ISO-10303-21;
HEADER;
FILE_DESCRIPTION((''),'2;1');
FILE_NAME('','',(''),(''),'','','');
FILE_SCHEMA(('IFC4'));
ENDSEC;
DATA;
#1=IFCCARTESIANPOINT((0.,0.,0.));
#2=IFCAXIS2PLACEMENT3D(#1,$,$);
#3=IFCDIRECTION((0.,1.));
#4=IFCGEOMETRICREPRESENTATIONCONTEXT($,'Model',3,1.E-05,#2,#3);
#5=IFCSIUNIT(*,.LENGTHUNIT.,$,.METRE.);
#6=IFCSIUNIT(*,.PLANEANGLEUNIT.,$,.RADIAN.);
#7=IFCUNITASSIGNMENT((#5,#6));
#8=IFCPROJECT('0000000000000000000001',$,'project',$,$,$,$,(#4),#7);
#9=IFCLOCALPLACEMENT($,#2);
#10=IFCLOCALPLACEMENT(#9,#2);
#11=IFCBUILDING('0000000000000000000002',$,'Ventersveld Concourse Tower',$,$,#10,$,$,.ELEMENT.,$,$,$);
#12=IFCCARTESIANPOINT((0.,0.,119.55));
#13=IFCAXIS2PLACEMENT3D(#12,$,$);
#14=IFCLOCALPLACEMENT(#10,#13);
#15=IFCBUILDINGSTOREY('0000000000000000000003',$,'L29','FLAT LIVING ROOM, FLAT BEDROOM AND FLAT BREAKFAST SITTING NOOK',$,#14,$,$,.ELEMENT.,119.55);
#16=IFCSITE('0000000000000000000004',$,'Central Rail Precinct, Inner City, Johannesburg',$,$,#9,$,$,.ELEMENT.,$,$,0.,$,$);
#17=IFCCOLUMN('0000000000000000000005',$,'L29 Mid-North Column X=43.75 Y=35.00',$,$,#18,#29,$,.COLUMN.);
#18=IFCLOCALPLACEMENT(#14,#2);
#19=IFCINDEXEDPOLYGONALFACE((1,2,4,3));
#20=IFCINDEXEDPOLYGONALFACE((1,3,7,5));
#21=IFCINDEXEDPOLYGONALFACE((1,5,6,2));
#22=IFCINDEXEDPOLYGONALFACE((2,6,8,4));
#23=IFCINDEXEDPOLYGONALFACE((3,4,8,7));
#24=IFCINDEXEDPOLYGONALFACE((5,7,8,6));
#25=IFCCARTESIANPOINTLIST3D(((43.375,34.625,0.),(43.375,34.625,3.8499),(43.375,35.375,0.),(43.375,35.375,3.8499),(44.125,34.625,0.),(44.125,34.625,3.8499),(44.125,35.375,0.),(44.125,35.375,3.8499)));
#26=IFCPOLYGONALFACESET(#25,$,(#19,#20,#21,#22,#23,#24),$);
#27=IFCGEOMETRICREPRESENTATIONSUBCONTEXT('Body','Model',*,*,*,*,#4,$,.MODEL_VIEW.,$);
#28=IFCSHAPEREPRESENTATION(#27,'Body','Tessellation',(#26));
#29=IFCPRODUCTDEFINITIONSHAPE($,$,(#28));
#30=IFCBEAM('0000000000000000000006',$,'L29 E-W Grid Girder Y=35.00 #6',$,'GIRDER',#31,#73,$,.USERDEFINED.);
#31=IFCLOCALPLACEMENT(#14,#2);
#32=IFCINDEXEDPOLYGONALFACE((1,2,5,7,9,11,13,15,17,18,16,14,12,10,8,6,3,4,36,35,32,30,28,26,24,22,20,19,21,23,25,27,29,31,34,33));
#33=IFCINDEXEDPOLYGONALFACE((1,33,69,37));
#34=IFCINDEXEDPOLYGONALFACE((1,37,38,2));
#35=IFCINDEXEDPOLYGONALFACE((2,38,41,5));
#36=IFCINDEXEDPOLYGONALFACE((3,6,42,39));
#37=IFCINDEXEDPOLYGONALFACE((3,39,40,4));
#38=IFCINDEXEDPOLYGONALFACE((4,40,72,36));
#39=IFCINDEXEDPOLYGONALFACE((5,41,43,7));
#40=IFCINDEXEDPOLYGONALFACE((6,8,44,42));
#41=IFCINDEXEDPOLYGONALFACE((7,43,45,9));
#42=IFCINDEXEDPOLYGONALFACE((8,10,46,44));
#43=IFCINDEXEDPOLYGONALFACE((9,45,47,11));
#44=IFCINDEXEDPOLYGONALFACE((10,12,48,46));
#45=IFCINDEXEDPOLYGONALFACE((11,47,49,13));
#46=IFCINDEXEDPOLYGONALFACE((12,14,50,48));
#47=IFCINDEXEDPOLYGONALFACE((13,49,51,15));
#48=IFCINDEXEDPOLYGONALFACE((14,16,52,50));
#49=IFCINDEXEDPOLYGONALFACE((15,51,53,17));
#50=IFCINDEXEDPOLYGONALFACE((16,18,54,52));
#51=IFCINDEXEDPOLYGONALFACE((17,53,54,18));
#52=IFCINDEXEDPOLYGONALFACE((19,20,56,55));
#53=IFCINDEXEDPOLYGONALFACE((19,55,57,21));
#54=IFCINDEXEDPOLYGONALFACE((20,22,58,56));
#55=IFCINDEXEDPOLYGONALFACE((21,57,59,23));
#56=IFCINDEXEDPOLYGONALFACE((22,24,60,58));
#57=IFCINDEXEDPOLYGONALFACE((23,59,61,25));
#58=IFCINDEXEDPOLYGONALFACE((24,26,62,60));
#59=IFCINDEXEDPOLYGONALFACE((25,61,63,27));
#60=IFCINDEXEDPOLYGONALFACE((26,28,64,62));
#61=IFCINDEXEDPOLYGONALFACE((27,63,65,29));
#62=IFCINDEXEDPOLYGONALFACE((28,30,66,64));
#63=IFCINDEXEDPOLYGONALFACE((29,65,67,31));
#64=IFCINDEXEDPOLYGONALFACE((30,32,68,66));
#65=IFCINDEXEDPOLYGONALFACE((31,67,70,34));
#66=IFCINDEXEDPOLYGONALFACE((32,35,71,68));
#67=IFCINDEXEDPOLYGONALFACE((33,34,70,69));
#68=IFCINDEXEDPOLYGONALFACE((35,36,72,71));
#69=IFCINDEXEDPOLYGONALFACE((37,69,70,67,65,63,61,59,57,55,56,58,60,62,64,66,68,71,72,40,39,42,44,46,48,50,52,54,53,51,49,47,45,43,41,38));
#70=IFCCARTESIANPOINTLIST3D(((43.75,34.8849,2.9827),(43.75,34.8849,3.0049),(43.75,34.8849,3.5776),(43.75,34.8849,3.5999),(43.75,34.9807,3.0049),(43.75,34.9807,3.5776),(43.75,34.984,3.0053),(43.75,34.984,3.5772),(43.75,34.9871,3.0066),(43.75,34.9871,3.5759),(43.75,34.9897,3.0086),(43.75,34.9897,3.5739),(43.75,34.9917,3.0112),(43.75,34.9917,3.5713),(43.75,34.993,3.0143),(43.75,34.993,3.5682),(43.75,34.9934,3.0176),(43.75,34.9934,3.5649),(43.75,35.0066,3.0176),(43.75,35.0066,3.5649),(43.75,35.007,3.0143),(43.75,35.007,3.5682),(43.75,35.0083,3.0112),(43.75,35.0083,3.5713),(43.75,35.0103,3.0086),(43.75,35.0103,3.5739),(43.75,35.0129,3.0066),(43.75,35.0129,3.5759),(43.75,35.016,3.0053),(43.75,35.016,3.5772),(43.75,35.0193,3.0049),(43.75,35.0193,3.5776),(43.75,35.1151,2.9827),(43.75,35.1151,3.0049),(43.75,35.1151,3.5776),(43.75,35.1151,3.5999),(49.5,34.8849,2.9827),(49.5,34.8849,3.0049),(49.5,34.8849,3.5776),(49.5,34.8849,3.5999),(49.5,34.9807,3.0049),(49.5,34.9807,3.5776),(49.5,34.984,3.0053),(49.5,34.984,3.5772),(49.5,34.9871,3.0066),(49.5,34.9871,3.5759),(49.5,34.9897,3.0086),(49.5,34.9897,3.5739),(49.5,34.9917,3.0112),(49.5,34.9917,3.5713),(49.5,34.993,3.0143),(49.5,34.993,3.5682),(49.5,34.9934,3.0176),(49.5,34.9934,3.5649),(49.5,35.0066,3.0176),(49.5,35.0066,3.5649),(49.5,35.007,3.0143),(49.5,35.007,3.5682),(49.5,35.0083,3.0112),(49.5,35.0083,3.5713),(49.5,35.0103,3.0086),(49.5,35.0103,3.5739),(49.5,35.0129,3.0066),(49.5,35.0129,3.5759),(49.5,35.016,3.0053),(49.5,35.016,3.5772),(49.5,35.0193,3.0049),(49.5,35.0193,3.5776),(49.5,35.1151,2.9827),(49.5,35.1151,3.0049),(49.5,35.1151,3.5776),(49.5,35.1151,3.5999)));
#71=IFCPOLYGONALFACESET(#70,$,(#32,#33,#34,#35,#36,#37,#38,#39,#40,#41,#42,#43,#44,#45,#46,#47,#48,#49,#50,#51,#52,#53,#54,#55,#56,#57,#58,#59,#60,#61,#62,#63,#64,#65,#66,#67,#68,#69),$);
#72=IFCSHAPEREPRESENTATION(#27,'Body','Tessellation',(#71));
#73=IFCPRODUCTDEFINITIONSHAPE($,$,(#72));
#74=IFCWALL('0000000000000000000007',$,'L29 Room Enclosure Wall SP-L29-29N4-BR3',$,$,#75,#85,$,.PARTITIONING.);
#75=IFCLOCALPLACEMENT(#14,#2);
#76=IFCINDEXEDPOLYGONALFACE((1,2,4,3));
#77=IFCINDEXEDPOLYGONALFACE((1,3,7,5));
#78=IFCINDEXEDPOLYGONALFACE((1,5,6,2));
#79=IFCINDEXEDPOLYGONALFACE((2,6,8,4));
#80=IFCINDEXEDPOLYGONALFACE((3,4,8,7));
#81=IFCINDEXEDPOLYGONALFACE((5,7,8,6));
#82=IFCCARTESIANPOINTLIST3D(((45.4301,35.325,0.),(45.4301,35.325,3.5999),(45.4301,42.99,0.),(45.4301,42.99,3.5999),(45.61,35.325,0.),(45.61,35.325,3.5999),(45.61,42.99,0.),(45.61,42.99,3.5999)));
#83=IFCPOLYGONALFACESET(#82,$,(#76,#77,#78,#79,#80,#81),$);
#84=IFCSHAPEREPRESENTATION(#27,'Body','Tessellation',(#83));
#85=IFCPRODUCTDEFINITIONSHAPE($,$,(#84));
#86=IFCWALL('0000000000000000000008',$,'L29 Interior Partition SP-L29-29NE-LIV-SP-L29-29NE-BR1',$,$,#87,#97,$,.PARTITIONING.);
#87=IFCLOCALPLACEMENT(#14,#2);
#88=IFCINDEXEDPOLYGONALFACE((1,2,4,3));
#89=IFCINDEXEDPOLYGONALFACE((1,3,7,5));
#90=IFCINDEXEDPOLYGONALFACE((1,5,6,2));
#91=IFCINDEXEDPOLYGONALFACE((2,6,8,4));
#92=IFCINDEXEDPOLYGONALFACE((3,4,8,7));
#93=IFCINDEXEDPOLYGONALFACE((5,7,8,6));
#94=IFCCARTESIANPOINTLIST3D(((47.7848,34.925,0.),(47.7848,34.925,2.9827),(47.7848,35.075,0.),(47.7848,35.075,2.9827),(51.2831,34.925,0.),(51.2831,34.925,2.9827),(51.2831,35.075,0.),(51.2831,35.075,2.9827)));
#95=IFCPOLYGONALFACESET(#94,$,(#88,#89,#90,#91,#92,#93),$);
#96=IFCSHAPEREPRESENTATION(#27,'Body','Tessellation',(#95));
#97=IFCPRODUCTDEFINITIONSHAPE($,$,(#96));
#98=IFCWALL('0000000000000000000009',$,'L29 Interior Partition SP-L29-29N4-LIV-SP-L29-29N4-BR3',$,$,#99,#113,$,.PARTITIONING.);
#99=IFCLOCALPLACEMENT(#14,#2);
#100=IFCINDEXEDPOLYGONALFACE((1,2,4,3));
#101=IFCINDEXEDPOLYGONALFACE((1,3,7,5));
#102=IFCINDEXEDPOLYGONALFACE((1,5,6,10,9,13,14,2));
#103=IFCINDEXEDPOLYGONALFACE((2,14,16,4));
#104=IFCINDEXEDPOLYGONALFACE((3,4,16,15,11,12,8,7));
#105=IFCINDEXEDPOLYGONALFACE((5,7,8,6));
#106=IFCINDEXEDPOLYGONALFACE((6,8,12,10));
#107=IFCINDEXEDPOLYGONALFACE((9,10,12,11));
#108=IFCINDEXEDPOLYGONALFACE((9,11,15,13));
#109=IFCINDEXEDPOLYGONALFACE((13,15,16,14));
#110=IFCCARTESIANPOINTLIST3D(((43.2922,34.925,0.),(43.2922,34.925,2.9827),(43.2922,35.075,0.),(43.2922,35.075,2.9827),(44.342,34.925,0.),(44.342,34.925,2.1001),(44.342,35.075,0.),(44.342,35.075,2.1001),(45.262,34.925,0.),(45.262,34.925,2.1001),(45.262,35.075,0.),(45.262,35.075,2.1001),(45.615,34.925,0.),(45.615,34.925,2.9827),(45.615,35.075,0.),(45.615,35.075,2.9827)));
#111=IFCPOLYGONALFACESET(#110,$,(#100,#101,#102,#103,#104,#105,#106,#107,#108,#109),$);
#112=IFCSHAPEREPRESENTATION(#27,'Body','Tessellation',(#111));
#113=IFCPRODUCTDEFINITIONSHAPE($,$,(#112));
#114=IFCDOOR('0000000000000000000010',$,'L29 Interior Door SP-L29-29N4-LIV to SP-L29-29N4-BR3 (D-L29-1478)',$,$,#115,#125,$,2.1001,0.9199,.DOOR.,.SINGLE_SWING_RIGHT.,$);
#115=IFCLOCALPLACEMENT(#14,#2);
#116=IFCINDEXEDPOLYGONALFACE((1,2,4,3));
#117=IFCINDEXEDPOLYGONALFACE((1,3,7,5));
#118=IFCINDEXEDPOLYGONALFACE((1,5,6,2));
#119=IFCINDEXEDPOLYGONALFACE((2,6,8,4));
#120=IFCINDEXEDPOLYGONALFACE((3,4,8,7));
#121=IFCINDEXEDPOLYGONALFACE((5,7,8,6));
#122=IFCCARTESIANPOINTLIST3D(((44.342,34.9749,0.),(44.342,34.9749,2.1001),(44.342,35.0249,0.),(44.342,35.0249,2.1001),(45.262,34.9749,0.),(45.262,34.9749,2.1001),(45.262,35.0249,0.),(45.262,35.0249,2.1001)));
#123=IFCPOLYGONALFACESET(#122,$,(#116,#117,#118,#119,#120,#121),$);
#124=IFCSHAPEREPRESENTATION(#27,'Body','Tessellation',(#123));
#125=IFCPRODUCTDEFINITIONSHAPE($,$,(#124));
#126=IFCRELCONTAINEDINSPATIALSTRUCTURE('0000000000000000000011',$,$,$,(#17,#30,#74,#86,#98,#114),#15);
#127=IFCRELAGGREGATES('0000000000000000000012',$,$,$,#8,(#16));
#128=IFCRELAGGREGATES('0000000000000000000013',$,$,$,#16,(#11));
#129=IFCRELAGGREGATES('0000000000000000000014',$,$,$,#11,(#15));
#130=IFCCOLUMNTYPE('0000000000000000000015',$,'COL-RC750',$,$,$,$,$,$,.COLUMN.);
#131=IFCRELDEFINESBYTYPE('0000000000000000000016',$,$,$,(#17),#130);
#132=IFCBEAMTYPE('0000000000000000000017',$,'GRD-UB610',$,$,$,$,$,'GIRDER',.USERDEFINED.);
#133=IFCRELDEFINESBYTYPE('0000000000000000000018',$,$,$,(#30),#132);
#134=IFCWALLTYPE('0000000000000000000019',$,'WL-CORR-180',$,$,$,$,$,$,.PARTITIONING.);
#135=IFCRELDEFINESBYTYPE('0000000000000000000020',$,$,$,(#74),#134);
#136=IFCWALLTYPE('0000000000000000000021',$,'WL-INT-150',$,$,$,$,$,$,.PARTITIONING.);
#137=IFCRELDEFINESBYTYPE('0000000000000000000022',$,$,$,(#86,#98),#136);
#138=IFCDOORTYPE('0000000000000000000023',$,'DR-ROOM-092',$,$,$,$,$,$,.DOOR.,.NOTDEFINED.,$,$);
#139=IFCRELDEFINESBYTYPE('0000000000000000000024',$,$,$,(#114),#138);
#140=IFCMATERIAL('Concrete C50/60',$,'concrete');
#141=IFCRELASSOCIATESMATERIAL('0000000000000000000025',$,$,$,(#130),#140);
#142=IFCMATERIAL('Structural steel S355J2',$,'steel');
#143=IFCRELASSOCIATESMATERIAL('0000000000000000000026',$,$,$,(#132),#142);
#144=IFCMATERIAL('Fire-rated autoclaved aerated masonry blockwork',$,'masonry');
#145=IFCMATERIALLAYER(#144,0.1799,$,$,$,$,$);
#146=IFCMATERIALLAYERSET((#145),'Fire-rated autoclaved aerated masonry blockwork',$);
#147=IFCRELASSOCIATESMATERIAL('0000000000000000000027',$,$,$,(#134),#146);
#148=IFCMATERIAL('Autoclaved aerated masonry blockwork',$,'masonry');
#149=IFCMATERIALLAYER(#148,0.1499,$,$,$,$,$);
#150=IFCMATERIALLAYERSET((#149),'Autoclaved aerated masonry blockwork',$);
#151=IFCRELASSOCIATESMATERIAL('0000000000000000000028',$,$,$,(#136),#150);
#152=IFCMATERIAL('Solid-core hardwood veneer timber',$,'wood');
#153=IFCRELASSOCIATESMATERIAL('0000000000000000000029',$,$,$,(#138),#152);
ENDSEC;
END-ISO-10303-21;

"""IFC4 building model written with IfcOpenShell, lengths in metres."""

from ifc_helpers import new_model, si_unit, direction, frame, frame_2d, origin, origin_2d, place, context, subcontext, project, spatial, rectangle, i_section, extrude, material, layer, layer_set, material_profile, profile_set, type_object, element, fill, save


model = new_model("IFC4")

# Units and contexts
model_context = context("Model", 3, precision=1e-05, world=origin(), true_north=direction((0.0, 1.0)))
body_context = subcontext(model_context, "Body", "Model", "MODEL_VIEW")
ifc_project = project(units=[si_unit("LENGTHUNIT", "METRE"), si_unit("PLANEANGLEUNIT", "RADIAN")], contexts=[model_context])

# Site, building, storey
site_placement = place(None, origin())
site = spatial("IfcSite", under=ifc_project, at=site_placement, Name="Central Rail Precinct, Inner City, Johannesburg", CompositionType="ELEMENT", RefElevation=0.0)
building_placement = place(site_placement, origin())
building = spatial("IfcBuilding", under=site, at=building_placement, Name="Ventersveld Concourse Tower", CompositionType="ELEMENT")
storey_placement = place(building_placement, frame((0.0, 0.0, 119.55)))
storey = spatial("IfcBuildingStorey", under=building, at=storey_placement, Name="L29", Description="FLAT LIVING ROOM, FLAT BEDROOM AND FLAT BREAKFAST SITTING NOOK", CompositionType="ELEMENT", Elevation=119.55)

# Column
ifc_material_1 = material(Name="Concrete C50/60", Category="concrete")
ifc_material_profile_1 = material_profile(ifc_material_1, rectangle(XDim=0.75, YDim=0.75, at=origin_2d()), Name="RC 750x750")
ifc_profile_set_1 = profile_set([ifc_material_profile_1], Name="Concrete C50/60")
column_type = type_object("IfcColumnType", Name="COL-RC750", PredefinedType="COLUMN", material=ifc_profile_set_1)
column_placement = place(storey_placement, frame((43.75, 35.0, 0.0), z_axis=(0.0, 0.0, 1.0), x_axis=(1.0, 0.0, 0.0)))
element("IfcColumn", 1, at=column_placement, inside=storey, type_object=column_type, Name="L29 Mid-North Column X=43.75 Y=35.00", PredefinedType="COLUMN", context=body_context, shape_type="SweptSolid", body=[
    extrude(rectangle(XDim=0.75, YDim=0.75, at=origin_2d()), origin(), (0.0, 0.0, 1.0), 3.8499),
])

# Beam
ifc_material_2 = material(Name="Structural steel S355J2", Category="steel")
ifc_material_profile_2 = material_profile(ifc_material_2, i_section(OverallWidth=0.2302, OverallDepth=0.6172, WebThickness=0.0132, FlangeThickness=0.0222, FilletRadius=0.0127, at=origin_2d()), Name="UB 610x229x140")
ifc_profile_set_2 = profile_set([ifc_material_profile_2], Name="Structural steel S355J2")
beam_type = type_object("IfcBeamType", Name="GRD-UB610", ElementType="GIRDER", PredefinedType="USERDEFINED", material=ifc_profile_set_2)
beam_placement = place(storey_placement, frame((43.75, 35.0, 3.2913), z_axis=(1.0, 0.0, 0.0), x_axis=(0.0, 1.0, 0.0)))
element("IfcBeam", 2, at=beam_placement, inside=storey, type_object=beam_type, Name="L29 E-W Grid Girder Y=35.00 #6", ObjectType="GIRDER", PredefinedType="USERDEFINED", context=body_context, shape_type="SweptSolid", body=[
    extrude(i_section(OverallWidth=0.2302, OverallDepth=0.6172, WebThickness=0.0132, FlangeThickness=0.0222, FilletRadius=0.0127, at=origin_2d()), origin(), (0.0, 0.0, 1.0), 5.75),
])

# Walls
ifc_material_3 = material(Name="Fire-rated autoclaved aerated masonry blockwork", Category="masonry")
ifc_layer_1 = layer(ifc_material_3, 0.1799)
ifc_layer_set_1 = layer_set([ifc_layer_1], Name="Fire-rated autoclaved aerated masonry blockwork")
wall_type_1 = type_object("IfcWallType", Name="WL-CORR-180", PredefinedType="PARTITIONING", material=ifc_layer_set_1)
wall_1_placement = place(storey_placement, frame((45.52, 42.99, 0.0), z_axis=(0.0, 0.0, 1.0), x_axis=(0.0, -1.0, 0.0)))
element("IfcWall", 3, at=wall_1_placement, inside=storey, type_object=wall_type_1, Name="L29 Room Enclosure Wall SP-L29-29N4-BR3", PredefinedType="PARTITIONING", context=body_context, shape_type="SweptSolid", body=[
    extrude(rectangle(XDim=7.665, YDim=0.1799, at=frame_2d((3.8325, 0.0))), origin(), (0.0, 0.0, 1.0), 3.5999),
])
ifc_material_4 = material(Name="Autoclaved aerated masonry blockwork", Category="masonry")
ifc_layer_2 = layer(ifc_material_4, 0.1499)
ifc_layer_set_2 = layer_set([ifc_layer_2], Name="Autoclaved aerated masonry blockwork")
wall_type_2 = type_object("IfcWallType", Name="WL-INT-150", PredefinedType="PARTITIONING", material=ifc_layer_set_2)
wall_2_placement = place(storey_placement, frame((47.7849, 35.0, 0.0), z_axis=(0.0, 0.0, 1.0), x_axis=(1.0, 0.0, 0.0)))
element("IfcWall", 4, at=wall_2_placement, inside=storey, type_object=wall_type_2, Name="L29 Interior Partition SP-L29-29NE-LIV-SP-L29-29NE-BR1", PredefinedType="PARTITIONING", context=body_context, shape_type="SweptSolid", body=[
    extrude(rectangle(XDim=3.4983, YDim=0.1499, at=frame_2d((1.749, 0.0))), origin(), (0.0, 0.0, 1.0), 2.9827),
])

# Wall, opening, door
wall_3_placement = place(storey_placement, frame((43.2922, 35.0, 0.0), z_axis=(0.0, 0.0, 1.0), x_axis=(1.0, 0.0, 0.0)))
wall_3 = element("IfcWall", 5, at=wall_3_placement, inside=storey, type_object=wall_type_2, Name="L29 Interior Partition SP-L29-29N4-LIV-SP-L29-29N4-BR3", PredefinedType="PARTITIONING", context=body_context, shape_type="SweptSolid", body=[
    extrude(rectangle(XDim=2.3228, YDim=0.1499, at=frame_2d((1.1614, 0.0))), origin(), (0.0, 0.0, 1.0), 2.9827),
])
opening_placement = place(wall_3_placement, frame((1.0498, 0.0, 0.0)))
opening = element("IfcOpeningElement", 6, at=opening_placement, cuts=wall_3, PredefinedType="OPENING", context=body_context, shape_type="SweptSolid", body=[
    extrude(rectangle(XDim=0.9199, YDim=2.1001, at=frame_2d((0.46, 1.05))), frame((0.0, 0.085, 0.0), z_axis=(0.0, -1.0, 0.0), x_axis=(1.0, 0.0, 0.0)), (0.0, 0.0, 1.0), 0.1699),
])
ifc_material_5 = material(Name="Solid-core hardwood veneer timber", Category="wood")
door_type = type_object("IfcDoorType", Name="DR-ROOM-092", OperationType="NOTDEFINED", PredefinedType="DOOR", material=ifc_material_5)
door_placement = place(opening_placement, origin())
door = element("IfcDoor", 7, at=door_placement, inside=storey, type_object=door_type, Name="L29 Interior Door SP-L29-29N4-LIV to SP-L29-29N4-BR3 (D-L29-1478)", OperationType="SINGLE_SWING_RIGHT", OverallHeight=2.1001, OverallWidth=0.9199, PredefinedType="DOOR", context=body_context, shape_type="SweptSolid", body=[
    extrude(rectangle(XDim=0.9199, YDim=2.1001, at=frame_2d((0.46, 1.05))), frame((0.0, 0.0249, 0.0), z_axis=(0.0, -1.0, 0.0), x_axis=(1.0, 0.0, 0.0)), (0.0, 0.0, 1.0), 0.05),
])
fill(opening, door)

save(model, "model.ifc")
